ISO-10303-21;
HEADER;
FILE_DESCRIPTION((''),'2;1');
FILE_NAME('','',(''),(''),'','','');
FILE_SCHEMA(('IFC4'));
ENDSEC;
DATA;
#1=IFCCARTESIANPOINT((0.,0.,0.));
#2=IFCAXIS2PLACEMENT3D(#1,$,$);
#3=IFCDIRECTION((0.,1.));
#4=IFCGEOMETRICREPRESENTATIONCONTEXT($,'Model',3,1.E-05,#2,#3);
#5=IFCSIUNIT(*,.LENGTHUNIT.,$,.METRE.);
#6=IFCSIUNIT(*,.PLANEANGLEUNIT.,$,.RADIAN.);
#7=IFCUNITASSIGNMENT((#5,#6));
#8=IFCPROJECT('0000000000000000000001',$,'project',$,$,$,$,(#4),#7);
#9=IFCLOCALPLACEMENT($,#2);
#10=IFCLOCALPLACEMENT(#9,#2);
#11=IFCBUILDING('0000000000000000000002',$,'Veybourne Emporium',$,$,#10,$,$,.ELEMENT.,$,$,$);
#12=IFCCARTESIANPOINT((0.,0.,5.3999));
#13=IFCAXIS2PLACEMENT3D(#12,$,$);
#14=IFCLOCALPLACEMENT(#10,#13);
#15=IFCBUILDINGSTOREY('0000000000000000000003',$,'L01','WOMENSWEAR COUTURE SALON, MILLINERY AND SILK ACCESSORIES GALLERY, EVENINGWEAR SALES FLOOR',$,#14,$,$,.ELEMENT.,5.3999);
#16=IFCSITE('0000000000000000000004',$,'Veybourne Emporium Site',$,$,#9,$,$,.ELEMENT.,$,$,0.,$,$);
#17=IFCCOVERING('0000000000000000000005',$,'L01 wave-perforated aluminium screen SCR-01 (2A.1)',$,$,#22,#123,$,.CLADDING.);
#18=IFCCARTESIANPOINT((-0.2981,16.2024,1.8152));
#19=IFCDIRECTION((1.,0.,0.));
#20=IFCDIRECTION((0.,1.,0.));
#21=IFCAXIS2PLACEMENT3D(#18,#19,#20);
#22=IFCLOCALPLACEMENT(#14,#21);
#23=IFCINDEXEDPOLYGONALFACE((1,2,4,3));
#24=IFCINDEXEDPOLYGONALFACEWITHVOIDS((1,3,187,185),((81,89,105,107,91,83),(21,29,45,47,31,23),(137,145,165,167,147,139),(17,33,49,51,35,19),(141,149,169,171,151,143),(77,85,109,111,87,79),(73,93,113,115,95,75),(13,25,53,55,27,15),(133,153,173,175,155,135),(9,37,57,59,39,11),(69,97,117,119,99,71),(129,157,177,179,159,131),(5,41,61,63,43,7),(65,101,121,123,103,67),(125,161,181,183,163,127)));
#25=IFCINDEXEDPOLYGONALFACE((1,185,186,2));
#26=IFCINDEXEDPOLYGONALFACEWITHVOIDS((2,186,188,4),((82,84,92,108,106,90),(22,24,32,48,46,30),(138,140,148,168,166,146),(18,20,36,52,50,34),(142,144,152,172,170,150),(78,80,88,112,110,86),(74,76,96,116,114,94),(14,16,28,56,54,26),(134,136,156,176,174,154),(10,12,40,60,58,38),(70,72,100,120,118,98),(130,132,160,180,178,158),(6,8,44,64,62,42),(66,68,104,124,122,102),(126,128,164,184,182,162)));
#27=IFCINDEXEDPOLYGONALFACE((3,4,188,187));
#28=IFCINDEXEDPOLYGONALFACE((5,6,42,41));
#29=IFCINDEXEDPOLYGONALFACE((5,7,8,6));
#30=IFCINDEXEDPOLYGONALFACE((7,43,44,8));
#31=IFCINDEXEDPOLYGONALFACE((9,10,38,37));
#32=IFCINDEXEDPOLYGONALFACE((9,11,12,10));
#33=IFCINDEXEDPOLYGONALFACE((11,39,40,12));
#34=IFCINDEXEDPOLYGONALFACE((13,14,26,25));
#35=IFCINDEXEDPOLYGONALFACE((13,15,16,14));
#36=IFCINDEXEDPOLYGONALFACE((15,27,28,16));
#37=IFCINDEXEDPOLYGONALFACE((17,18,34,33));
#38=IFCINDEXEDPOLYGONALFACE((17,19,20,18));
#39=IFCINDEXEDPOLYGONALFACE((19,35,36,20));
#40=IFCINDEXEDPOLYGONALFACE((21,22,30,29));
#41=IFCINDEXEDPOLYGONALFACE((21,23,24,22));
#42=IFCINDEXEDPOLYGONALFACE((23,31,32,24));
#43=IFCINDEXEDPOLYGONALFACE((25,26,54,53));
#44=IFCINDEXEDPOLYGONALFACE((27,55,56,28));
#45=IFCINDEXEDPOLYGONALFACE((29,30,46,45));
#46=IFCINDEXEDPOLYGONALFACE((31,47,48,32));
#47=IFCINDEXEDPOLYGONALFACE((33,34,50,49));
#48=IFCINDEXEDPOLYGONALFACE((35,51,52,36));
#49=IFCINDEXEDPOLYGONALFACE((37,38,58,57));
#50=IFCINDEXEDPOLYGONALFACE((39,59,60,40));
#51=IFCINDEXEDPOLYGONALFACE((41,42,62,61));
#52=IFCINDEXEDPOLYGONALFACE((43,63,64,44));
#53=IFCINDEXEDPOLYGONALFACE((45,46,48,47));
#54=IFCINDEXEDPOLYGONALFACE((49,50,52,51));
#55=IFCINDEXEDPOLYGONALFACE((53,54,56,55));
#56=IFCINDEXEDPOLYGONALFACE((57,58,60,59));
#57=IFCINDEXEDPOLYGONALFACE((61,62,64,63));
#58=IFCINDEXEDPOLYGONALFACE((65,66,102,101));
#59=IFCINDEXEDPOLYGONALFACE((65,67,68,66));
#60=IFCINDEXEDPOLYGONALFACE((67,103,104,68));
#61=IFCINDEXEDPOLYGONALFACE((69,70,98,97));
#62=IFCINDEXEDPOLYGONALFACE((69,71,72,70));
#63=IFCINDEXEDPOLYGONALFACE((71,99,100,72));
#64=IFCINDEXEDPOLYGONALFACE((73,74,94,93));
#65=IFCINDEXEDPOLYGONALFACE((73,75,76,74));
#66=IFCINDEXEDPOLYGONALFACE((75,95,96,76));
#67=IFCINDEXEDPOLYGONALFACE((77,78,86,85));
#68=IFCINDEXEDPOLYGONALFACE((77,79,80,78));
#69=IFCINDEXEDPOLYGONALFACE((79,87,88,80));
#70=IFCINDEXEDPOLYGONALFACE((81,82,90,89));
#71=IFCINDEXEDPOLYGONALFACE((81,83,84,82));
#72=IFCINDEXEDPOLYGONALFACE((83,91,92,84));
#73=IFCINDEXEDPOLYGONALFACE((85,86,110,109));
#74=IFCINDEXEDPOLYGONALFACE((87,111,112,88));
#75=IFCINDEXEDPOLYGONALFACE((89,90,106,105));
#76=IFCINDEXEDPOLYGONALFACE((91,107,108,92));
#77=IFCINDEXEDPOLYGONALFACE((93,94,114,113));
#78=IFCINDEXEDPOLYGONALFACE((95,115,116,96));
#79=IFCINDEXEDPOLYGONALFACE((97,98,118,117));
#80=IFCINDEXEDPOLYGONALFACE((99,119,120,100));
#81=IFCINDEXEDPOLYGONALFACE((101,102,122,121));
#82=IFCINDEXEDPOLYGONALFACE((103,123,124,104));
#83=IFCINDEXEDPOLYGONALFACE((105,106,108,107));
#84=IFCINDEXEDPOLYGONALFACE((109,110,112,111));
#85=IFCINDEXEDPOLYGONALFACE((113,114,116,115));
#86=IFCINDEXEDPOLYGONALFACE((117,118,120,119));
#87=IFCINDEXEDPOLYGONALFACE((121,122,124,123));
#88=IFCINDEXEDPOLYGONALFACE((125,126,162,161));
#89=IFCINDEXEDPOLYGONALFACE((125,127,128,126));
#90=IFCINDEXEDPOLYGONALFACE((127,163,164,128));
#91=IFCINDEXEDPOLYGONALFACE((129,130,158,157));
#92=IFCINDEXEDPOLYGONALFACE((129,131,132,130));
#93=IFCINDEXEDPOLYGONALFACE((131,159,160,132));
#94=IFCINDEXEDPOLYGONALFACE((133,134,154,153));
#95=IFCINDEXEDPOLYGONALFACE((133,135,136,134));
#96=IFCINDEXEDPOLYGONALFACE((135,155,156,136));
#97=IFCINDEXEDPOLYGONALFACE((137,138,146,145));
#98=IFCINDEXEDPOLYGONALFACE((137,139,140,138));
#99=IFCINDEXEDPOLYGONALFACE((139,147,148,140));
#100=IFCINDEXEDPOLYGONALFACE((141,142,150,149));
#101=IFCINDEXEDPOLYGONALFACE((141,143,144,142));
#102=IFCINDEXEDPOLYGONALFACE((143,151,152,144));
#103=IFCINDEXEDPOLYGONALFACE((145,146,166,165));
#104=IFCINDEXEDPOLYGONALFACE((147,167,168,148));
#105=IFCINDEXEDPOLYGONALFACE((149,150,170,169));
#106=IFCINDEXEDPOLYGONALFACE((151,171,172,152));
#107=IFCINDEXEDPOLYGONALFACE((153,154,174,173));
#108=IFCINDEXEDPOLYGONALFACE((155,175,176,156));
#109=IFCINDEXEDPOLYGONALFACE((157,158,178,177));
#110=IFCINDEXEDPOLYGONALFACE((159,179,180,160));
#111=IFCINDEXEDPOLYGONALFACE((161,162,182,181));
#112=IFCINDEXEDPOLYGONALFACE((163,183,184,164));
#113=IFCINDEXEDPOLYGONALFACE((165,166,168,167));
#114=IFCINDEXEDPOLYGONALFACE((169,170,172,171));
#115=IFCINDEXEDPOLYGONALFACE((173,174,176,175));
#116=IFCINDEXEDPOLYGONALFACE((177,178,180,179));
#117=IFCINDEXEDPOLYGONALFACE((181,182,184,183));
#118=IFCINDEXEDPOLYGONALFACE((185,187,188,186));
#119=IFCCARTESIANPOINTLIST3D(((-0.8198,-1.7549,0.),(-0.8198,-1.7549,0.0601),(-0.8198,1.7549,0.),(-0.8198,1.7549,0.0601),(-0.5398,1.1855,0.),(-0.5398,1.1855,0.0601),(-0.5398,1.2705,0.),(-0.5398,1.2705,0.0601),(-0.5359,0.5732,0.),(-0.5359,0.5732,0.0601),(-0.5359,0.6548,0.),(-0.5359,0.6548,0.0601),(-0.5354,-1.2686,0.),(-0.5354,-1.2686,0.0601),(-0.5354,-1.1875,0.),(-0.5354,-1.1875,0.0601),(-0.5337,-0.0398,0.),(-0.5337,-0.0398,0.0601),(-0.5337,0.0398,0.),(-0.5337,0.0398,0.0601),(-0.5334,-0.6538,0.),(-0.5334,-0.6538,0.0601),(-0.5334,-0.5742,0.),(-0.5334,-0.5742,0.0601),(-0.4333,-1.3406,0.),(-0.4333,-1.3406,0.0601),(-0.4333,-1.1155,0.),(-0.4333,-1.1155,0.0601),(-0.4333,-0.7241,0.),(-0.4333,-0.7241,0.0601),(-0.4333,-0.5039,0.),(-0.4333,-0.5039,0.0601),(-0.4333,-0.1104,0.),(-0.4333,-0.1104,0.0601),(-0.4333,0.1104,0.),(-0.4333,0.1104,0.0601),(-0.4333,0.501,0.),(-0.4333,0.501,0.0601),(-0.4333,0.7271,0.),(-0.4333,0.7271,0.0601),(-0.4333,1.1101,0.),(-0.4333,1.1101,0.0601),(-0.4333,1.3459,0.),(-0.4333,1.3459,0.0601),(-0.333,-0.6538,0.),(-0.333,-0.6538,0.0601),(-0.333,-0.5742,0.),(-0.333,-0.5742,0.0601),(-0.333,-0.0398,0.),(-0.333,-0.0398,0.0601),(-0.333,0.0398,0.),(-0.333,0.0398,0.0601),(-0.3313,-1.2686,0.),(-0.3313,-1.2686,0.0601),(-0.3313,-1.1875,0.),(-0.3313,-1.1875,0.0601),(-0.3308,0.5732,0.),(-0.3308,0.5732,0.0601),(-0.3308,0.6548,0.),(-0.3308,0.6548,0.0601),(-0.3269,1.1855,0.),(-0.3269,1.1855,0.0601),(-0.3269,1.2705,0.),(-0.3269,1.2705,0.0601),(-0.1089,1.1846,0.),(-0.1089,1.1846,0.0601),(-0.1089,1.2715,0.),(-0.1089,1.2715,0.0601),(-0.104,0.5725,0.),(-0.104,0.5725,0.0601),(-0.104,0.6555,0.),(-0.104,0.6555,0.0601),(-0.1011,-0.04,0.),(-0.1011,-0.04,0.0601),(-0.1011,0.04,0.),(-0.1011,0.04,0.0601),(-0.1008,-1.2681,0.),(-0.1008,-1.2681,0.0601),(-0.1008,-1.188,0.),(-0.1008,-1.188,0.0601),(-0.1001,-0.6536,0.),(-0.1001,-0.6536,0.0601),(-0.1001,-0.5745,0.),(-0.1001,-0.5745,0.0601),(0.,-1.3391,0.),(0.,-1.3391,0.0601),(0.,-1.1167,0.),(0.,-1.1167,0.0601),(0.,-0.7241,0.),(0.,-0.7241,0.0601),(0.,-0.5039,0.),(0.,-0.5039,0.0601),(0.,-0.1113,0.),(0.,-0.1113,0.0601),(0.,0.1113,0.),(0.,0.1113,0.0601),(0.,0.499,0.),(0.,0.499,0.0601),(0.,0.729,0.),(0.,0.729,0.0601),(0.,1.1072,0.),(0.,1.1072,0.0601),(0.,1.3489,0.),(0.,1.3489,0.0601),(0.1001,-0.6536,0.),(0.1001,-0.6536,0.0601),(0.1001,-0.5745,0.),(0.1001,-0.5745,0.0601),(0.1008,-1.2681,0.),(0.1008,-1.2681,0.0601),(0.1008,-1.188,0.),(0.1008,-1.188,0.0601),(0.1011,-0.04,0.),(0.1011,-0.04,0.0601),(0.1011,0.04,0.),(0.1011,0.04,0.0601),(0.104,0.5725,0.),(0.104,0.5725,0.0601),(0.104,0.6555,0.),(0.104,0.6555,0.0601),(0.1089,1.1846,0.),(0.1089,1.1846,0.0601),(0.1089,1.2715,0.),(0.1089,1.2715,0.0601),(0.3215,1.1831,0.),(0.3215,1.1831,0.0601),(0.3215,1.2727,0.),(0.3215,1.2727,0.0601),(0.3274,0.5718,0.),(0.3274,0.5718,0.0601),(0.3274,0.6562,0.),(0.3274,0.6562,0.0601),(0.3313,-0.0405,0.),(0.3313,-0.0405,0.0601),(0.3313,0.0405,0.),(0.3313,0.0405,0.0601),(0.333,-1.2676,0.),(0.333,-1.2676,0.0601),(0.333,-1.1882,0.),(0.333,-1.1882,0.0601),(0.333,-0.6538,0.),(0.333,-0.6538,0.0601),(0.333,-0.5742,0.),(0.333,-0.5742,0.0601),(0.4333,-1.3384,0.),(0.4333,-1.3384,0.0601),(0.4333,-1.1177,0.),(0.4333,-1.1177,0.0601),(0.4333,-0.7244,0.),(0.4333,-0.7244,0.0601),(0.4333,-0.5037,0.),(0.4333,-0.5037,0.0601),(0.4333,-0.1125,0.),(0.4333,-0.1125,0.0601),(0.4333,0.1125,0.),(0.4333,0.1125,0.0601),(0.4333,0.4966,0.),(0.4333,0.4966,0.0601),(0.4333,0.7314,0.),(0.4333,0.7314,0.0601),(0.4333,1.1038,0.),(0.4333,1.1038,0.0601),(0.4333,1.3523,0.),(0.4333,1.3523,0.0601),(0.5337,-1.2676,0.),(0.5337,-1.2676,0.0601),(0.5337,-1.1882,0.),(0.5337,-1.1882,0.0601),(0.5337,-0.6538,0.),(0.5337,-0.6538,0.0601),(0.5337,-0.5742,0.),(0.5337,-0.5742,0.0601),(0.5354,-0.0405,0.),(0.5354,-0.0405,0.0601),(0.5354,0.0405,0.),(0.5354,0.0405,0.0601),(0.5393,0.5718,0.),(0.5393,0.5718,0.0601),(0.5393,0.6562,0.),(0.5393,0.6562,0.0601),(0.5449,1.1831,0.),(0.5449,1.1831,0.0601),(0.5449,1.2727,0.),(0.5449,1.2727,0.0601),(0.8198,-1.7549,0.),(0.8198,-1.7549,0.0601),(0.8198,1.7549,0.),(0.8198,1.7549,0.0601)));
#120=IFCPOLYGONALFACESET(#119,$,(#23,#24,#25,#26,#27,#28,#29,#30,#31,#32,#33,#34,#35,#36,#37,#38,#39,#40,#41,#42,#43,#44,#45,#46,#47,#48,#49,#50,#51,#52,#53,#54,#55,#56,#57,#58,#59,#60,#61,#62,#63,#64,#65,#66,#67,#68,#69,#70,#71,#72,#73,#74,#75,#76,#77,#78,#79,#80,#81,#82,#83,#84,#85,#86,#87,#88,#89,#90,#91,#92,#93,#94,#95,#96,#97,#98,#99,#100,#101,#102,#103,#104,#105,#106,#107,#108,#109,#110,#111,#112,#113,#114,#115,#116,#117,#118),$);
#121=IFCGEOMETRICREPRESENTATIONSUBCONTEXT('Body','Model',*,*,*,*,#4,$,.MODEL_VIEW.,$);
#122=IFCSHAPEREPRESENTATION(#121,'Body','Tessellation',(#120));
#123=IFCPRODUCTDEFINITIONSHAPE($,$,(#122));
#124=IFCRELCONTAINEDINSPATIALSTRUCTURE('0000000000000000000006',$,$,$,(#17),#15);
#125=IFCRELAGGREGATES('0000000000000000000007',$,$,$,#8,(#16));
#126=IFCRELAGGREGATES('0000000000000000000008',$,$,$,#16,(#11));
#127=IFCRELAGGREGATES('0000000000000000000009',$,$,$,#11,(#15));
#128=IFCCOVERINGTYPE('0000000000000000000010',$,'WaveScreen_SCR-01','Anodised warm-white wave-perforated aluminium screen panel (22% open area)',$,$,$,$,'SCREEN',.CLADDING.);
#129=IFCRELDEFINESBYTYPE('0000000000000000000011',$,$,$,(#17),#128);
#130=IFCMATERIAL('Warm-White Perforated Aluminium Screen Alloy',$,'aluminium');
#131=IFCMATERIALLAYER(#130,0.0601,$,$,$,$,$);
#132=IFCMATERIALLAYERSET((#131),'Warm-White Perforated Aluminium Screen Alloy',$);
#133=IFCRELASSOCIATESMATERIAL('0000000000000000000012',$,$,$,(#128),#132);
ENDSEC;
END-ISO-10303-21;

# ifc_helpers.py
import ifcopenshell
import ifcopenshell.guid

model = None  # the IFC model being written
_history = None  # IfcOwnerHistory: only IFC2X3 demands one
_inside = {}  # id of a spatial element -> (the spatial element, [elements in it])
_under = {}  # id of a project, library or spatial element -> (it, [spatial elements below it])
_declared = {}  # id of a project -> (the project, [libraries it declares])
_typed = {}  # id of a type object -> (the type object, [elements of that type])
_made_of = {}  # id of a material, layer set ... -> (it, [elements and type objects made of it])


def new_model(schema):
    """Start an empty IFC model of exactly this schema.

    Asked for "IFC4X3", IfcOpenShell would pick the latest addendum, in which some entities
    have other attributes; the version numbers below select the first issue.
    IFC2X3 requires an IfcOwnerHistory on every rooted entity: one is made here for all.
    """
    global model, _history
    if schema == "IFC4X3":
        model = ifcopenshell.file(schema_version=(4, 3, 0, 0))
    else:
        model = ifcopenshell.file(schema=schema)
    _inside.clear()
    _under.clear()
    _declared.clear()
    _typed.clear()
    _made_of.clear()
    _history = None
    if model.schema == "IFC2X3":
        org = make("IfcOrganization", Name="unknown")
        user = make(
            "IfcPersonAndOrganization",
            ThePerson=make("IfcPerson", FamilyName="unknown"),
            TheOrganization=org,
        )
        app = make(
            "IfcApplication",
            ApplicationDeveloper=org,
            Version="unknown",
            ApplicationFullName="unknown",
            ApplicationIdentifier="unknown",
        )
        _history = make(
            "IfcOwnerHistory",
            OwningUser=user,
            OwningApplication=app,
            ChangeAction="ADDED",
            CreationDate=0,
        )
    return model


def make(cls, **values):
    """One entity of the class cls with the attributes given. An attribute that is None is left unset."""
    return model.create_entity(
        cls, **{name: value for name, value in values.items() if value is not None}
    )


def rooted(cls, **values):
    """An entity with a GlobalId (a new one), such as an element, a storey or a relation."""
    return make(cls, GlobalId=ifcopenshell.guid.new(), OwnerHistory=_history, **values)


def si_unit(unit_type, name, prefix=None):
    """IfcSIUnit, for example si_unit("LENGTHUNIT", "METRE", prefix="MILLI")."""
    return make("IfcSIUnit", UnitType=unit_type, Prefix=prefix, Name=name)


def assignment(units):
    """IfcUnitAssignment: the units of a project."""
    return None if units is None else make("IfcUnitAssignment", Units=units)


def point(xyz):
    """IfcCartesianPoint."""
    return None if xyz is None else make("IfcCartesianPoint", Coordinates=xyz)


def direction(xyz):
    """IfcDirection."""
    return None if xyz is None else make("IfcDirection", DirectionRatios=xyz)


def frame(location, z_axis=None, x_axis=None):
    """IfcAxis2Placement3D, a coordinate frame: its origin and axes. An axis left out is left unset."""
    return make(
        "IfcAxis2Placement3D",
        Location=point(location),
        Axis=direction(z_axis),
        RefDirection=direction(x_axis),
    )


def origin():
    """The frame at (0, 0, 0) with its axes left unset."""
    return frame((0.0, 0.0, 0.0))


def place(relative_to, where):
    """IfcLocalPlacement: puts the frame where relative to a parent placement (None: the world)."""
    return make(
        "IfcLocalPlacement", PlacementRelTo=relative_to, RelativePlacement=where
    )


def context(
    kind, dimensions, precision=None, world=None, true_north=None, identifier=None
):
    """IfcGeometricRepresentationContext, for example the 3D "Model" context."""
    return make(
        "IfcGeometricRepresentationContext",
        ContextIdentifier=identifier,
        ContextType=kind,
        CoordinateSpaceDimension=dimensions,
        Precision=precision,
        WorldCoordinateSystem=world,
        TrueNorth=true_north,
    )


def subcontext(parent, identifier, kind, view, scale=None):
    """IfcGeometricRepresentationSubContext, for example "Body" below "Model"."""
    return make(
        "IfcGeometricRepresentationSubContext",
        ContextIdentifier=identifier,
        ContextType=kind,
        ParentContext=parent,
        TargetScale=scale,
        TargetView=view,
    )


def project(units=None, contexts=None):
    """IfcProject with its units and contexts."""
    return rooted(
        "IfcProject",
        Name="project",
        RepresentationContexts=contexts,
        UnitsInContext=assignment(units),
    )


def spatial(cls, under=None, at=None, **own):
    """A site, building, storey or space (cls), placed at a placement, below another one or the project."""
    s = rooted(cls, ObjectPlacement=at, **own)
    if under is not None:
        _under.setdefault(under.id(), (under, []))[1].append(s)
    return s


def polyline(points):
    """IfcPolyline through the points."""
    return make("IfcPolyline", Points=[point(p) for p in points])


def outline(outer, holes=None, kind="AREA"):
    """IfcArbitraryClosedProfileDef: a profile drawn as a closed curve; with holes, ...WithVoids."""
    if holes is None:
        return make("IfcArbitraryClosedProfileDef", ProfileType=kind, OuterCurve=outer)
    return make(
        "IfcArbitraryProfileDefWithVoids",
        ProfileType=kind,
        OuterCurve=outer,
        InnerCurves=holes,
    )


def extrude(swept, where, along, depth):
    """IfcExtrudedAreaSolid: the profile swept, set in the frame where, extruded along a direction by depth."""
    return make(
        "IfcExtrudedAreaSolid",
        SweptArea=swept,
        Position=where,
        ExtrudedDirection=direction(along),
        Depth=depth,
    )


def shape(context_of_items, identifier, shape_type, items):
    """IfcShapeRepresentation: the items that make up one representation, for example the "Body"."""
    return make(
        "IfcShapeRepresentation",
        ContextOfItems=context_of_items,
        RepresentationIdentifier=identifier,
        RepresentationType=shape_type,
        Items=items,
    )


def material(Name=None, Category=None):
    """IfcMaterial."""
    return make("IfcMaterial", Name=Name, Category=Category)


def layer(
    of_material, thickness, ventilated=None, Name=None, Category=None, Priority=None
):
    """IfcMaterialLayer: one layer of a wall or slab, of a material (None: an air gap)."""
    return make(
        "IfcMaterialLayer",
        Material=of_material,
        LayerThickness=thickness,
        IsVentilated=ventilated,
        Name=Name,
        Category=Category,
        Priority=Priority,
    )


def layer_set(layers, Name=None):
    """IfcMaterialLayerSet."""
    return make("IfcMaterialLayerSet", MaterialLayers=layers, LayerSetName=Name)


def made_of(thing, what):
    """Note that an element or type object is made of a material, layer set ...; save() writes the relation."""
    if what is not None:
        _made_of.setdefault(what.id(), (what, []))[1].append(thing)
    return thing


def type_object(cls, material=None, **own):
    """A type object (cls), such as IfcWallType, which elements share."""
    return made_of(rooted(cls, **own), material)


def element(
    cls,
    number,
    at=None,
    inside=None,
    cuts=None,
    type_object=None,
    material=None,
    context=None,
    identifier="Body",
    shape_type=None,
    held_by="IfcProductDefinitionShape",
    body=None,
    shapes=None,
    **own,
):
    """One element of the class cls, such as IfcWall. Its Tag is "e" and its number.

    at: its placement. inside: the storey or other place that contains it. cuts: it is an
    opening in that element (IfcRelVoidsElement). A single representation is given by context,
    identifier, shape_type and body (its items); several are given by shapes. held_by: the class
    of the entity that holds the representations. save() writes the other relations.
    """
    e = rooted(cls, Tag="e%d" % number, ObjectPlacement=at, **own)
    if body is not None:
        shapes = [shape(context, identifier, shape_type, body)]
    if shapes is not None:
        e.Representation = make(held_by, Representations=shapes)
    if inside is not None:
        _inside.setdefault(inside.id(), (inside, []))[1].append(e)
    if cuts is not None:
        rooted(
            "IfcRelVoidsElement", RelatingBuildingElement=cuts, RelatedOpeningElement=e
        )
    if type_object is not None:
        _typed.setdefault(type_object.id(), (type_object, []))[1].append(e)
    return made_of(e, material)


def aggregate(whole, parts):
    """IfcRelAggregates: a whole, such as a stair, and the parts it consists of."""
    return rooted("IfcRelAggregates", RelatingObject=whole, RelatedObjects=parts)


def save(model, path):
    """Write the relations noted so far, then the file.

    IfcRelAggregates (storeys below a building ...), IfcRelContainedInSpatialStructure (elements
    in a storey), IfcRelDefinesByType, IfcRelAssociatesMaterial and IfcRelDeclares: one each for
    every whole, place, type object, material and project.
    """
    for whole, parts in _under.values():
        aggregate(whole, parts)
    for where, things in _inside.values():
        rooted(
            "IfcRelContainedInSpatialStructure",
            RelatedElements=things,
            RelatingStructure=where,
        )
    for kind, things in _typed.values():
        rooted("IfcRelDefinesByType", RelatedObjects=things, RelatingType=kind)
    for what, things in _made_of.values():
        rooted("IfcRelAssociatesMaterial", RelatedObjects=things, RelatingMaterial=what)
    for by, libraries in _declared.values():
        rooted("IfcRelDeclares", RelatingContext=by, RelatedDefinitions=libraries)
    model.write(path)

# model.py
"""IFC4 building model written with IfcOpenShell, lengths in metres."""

from ifc_helpers import new_model, si_unit, direction, frame, origin, place, context, subcontext, project, spatial, polyline, outline, extrude, material, layer, layer_set, type_object, element, save


model = new_model("IFC4")

# Units and contexts
model_context = context("Model", 3, precision=1e-05, world=origin(), true_north=direction((0.0, 1.0)))
body_context = subcontext(model_context, "Body", "Model", "MODEL_VIEW")
ifc_project = project(units=[si_unit("LENGTHUNIT", "METRE"), si_unit("PLANEANGLEUNIT", "RADIAN")], contexts=[model_context])

# Site, building, storey
site_placement = place(None, origin())
site = spatial("IfcSite", under=ifc_project, at=site_placement, Name="Veybourne Emporium Site", CompositionType="ELEMENT", RefElevation=0.0)
building_placement = place(site_placement, origin())
building = spatial("IfcBuilding", under=site, at=building_placement, Name="Veybourne Emporium", CompositionType="ELEMENT")
storey_placement = place(building_placement, frame((0.0, 0.0, 5.3999)))
storey = spatial("IfcBuildingStorey", under=building, at=storey_placement, Name="L01", Description="WOMENSWEAR COUTURE SALON, MILLINERY AND SILK ACCESSORIES GALLERY, EVENINGWEAR SALES FLOOR", CompositionType="ELEMENT", Elevation=5.3999)

# Covering
ifc_material_1 = material(Name="Warm-White Perforated Aluminium Screen Alloy", Category="aluminium")
ifc_layer_1 = layer(ifc_material_1, 0.0601)
ifc_layer_set_1 = layer_set([ifc_layer_1], Name="Warm-White Perforated Aluminium Screen Alloy")
covering_type = type_object("IfcCoveringType", Name="WaveScreen_SCR-01", Description="Anodised warm-white wave-perforated aluminium screen panel (22% open area)", ElementType="SCREEN", PredefinedType="CLADDING", material=ifc_layer_set_1)
covering_1_placement = place(storey_placement, frame((-0.2981, 16.2024, 1.8152), z_axis=(1.0, 0.0, 0.0), x_axis=(0.0, 1.0, 0.0)))
element("IfcCovering", 1, at=covering_1_placement, inside=storey, type_object=covering_type, Name="L01 wave-perforated aluminium screen SCR-01 (2A.1)", PredefinedType="CLADDING", context=body_context, shape_type="SweptSolid", body=[
    extrude(outline(polyline([(-0.8198, -1.7549), (0.8198, -1.7549), (0.8198, 1.7549), (-0.8198, 1.7549), (-0.8198, -1.7549)]), holes=[polyline([(-0.4333, -1.1155), (-0.3313, -1.1875), (-0.3313, -1.2686), (-0.4333, -1.3406), (-0.5354, -1.2686), (-0.5354, -1.1875), (-0.4333, -1.1155)]), polyline([(-0.4333, -0.5039), (-0.333, -0.5742), (-0.333, -0.6538), (-0.4333, -0.7241), (-0.5334, -0.6538), (-0.5334, -0.5742), (-0.4333, -0.5039)]), polyline([(-0.4333, 0.1104), (-0.333, 0.0398), (-0.333, -0.0398), (-0.4333, -0.1104), (-0.5337, -0.0398), (-0.5337, 0.0398), (-0.4333, 0.1104)]), polyline([(-0.4333, 0.7271), (-0.3308, 0.6548), (-0.3308, 0.5732), (-0.4333, 0.501), (-0.5359, 0.5732), (-0.5359, 0.6548), (-0.4333, 0.7271)]), polyline([(-0.4333, 1.3459), (-0.3269, 1.2705), (-0.3269, 1.1855), (-0.4333, 1.1101), (-0.5398, 1.1855), (-0.5398, 1.2705), (-0.4333, 1.3459)]), polyline([(0.0, -1.1167), (0.1008, -1.188), (0.1008, -1.2681), (0.0, -1.3391), (-0.1008, -1.2681), (-0.1008, -1.188), (0.0, -1.1167)]), polyline([(0.0, -0.5039), (0.1001, -0.5745), (0.1001, -0.6536), (0.0, -0.7241), (-0.1001, -0.6536), (-0.1001, -0.5745), (0.0, -0.5039)]), polyline([(0.0, 0.1113), (0.1011, 0.04), (0.1011, -0.04), (0.0, -0.1113), (-0.1011, -0.04), (-0.1011, 0.04), (0.0, 0.1113)]), polyline([(0.0, 0.729), (0.104, 0.6555), (0.104, 0.5725), (0.0, 0.499), (-0.104, 0.5725), (-0.104, 0.6555), (0.0, 0.729)]), polyline([(0.0, 1.3489), (0.1089, 1.2715), (0.1089, 1.1846), (0.0, 1.1072), (-0.1089, 1.1846), (-0.1089, 1.2715), (0.0, 1.3489)]), polyline([(0.4333, -1.1177), (0.5337, -1.1882), (0.5337, -1.2676), (0.4333, -1.3384), (0.333, -1.2676), (0.333, -1.1882), (0.4333, -1.1177)]), polyline([(0.4333, -0.5037), (0.5337, -0.5742), (0.5337, -0.6538), (0.4333, -0.7244), (0.333, -0.6538), (0.333, -0.5742), (0.4333, -0.5037)]), polyline([(0.4333, 0.1125), (0.5354, 0.0405), (0.5354, -0.0405), (0.4333, -0.1125), (0.3313, -0.0405), (0.3313, 0.0405), (0.4333, 0.1125)]), polyline([(0.4333, 0.7314), (0.5393, 0.6562), (0.5393, 0.5718), (0.4333, 0.4966), (0.3274, 0.5718), (0.3274, 0.6562), (0.4333, 0.7314)]), polyline([(0.4333, 1.3523), (0.5449, 1.2727), (0.5449, 1.1831), (0.4333, 1.1038), (0.3215, 1.1831), (0.3215, 1.2727), (0.4333, 1.3523)])]), origin(), (0.0, 0.0, 1.0), 0.0601),
])

save(model, "model.ifc")
